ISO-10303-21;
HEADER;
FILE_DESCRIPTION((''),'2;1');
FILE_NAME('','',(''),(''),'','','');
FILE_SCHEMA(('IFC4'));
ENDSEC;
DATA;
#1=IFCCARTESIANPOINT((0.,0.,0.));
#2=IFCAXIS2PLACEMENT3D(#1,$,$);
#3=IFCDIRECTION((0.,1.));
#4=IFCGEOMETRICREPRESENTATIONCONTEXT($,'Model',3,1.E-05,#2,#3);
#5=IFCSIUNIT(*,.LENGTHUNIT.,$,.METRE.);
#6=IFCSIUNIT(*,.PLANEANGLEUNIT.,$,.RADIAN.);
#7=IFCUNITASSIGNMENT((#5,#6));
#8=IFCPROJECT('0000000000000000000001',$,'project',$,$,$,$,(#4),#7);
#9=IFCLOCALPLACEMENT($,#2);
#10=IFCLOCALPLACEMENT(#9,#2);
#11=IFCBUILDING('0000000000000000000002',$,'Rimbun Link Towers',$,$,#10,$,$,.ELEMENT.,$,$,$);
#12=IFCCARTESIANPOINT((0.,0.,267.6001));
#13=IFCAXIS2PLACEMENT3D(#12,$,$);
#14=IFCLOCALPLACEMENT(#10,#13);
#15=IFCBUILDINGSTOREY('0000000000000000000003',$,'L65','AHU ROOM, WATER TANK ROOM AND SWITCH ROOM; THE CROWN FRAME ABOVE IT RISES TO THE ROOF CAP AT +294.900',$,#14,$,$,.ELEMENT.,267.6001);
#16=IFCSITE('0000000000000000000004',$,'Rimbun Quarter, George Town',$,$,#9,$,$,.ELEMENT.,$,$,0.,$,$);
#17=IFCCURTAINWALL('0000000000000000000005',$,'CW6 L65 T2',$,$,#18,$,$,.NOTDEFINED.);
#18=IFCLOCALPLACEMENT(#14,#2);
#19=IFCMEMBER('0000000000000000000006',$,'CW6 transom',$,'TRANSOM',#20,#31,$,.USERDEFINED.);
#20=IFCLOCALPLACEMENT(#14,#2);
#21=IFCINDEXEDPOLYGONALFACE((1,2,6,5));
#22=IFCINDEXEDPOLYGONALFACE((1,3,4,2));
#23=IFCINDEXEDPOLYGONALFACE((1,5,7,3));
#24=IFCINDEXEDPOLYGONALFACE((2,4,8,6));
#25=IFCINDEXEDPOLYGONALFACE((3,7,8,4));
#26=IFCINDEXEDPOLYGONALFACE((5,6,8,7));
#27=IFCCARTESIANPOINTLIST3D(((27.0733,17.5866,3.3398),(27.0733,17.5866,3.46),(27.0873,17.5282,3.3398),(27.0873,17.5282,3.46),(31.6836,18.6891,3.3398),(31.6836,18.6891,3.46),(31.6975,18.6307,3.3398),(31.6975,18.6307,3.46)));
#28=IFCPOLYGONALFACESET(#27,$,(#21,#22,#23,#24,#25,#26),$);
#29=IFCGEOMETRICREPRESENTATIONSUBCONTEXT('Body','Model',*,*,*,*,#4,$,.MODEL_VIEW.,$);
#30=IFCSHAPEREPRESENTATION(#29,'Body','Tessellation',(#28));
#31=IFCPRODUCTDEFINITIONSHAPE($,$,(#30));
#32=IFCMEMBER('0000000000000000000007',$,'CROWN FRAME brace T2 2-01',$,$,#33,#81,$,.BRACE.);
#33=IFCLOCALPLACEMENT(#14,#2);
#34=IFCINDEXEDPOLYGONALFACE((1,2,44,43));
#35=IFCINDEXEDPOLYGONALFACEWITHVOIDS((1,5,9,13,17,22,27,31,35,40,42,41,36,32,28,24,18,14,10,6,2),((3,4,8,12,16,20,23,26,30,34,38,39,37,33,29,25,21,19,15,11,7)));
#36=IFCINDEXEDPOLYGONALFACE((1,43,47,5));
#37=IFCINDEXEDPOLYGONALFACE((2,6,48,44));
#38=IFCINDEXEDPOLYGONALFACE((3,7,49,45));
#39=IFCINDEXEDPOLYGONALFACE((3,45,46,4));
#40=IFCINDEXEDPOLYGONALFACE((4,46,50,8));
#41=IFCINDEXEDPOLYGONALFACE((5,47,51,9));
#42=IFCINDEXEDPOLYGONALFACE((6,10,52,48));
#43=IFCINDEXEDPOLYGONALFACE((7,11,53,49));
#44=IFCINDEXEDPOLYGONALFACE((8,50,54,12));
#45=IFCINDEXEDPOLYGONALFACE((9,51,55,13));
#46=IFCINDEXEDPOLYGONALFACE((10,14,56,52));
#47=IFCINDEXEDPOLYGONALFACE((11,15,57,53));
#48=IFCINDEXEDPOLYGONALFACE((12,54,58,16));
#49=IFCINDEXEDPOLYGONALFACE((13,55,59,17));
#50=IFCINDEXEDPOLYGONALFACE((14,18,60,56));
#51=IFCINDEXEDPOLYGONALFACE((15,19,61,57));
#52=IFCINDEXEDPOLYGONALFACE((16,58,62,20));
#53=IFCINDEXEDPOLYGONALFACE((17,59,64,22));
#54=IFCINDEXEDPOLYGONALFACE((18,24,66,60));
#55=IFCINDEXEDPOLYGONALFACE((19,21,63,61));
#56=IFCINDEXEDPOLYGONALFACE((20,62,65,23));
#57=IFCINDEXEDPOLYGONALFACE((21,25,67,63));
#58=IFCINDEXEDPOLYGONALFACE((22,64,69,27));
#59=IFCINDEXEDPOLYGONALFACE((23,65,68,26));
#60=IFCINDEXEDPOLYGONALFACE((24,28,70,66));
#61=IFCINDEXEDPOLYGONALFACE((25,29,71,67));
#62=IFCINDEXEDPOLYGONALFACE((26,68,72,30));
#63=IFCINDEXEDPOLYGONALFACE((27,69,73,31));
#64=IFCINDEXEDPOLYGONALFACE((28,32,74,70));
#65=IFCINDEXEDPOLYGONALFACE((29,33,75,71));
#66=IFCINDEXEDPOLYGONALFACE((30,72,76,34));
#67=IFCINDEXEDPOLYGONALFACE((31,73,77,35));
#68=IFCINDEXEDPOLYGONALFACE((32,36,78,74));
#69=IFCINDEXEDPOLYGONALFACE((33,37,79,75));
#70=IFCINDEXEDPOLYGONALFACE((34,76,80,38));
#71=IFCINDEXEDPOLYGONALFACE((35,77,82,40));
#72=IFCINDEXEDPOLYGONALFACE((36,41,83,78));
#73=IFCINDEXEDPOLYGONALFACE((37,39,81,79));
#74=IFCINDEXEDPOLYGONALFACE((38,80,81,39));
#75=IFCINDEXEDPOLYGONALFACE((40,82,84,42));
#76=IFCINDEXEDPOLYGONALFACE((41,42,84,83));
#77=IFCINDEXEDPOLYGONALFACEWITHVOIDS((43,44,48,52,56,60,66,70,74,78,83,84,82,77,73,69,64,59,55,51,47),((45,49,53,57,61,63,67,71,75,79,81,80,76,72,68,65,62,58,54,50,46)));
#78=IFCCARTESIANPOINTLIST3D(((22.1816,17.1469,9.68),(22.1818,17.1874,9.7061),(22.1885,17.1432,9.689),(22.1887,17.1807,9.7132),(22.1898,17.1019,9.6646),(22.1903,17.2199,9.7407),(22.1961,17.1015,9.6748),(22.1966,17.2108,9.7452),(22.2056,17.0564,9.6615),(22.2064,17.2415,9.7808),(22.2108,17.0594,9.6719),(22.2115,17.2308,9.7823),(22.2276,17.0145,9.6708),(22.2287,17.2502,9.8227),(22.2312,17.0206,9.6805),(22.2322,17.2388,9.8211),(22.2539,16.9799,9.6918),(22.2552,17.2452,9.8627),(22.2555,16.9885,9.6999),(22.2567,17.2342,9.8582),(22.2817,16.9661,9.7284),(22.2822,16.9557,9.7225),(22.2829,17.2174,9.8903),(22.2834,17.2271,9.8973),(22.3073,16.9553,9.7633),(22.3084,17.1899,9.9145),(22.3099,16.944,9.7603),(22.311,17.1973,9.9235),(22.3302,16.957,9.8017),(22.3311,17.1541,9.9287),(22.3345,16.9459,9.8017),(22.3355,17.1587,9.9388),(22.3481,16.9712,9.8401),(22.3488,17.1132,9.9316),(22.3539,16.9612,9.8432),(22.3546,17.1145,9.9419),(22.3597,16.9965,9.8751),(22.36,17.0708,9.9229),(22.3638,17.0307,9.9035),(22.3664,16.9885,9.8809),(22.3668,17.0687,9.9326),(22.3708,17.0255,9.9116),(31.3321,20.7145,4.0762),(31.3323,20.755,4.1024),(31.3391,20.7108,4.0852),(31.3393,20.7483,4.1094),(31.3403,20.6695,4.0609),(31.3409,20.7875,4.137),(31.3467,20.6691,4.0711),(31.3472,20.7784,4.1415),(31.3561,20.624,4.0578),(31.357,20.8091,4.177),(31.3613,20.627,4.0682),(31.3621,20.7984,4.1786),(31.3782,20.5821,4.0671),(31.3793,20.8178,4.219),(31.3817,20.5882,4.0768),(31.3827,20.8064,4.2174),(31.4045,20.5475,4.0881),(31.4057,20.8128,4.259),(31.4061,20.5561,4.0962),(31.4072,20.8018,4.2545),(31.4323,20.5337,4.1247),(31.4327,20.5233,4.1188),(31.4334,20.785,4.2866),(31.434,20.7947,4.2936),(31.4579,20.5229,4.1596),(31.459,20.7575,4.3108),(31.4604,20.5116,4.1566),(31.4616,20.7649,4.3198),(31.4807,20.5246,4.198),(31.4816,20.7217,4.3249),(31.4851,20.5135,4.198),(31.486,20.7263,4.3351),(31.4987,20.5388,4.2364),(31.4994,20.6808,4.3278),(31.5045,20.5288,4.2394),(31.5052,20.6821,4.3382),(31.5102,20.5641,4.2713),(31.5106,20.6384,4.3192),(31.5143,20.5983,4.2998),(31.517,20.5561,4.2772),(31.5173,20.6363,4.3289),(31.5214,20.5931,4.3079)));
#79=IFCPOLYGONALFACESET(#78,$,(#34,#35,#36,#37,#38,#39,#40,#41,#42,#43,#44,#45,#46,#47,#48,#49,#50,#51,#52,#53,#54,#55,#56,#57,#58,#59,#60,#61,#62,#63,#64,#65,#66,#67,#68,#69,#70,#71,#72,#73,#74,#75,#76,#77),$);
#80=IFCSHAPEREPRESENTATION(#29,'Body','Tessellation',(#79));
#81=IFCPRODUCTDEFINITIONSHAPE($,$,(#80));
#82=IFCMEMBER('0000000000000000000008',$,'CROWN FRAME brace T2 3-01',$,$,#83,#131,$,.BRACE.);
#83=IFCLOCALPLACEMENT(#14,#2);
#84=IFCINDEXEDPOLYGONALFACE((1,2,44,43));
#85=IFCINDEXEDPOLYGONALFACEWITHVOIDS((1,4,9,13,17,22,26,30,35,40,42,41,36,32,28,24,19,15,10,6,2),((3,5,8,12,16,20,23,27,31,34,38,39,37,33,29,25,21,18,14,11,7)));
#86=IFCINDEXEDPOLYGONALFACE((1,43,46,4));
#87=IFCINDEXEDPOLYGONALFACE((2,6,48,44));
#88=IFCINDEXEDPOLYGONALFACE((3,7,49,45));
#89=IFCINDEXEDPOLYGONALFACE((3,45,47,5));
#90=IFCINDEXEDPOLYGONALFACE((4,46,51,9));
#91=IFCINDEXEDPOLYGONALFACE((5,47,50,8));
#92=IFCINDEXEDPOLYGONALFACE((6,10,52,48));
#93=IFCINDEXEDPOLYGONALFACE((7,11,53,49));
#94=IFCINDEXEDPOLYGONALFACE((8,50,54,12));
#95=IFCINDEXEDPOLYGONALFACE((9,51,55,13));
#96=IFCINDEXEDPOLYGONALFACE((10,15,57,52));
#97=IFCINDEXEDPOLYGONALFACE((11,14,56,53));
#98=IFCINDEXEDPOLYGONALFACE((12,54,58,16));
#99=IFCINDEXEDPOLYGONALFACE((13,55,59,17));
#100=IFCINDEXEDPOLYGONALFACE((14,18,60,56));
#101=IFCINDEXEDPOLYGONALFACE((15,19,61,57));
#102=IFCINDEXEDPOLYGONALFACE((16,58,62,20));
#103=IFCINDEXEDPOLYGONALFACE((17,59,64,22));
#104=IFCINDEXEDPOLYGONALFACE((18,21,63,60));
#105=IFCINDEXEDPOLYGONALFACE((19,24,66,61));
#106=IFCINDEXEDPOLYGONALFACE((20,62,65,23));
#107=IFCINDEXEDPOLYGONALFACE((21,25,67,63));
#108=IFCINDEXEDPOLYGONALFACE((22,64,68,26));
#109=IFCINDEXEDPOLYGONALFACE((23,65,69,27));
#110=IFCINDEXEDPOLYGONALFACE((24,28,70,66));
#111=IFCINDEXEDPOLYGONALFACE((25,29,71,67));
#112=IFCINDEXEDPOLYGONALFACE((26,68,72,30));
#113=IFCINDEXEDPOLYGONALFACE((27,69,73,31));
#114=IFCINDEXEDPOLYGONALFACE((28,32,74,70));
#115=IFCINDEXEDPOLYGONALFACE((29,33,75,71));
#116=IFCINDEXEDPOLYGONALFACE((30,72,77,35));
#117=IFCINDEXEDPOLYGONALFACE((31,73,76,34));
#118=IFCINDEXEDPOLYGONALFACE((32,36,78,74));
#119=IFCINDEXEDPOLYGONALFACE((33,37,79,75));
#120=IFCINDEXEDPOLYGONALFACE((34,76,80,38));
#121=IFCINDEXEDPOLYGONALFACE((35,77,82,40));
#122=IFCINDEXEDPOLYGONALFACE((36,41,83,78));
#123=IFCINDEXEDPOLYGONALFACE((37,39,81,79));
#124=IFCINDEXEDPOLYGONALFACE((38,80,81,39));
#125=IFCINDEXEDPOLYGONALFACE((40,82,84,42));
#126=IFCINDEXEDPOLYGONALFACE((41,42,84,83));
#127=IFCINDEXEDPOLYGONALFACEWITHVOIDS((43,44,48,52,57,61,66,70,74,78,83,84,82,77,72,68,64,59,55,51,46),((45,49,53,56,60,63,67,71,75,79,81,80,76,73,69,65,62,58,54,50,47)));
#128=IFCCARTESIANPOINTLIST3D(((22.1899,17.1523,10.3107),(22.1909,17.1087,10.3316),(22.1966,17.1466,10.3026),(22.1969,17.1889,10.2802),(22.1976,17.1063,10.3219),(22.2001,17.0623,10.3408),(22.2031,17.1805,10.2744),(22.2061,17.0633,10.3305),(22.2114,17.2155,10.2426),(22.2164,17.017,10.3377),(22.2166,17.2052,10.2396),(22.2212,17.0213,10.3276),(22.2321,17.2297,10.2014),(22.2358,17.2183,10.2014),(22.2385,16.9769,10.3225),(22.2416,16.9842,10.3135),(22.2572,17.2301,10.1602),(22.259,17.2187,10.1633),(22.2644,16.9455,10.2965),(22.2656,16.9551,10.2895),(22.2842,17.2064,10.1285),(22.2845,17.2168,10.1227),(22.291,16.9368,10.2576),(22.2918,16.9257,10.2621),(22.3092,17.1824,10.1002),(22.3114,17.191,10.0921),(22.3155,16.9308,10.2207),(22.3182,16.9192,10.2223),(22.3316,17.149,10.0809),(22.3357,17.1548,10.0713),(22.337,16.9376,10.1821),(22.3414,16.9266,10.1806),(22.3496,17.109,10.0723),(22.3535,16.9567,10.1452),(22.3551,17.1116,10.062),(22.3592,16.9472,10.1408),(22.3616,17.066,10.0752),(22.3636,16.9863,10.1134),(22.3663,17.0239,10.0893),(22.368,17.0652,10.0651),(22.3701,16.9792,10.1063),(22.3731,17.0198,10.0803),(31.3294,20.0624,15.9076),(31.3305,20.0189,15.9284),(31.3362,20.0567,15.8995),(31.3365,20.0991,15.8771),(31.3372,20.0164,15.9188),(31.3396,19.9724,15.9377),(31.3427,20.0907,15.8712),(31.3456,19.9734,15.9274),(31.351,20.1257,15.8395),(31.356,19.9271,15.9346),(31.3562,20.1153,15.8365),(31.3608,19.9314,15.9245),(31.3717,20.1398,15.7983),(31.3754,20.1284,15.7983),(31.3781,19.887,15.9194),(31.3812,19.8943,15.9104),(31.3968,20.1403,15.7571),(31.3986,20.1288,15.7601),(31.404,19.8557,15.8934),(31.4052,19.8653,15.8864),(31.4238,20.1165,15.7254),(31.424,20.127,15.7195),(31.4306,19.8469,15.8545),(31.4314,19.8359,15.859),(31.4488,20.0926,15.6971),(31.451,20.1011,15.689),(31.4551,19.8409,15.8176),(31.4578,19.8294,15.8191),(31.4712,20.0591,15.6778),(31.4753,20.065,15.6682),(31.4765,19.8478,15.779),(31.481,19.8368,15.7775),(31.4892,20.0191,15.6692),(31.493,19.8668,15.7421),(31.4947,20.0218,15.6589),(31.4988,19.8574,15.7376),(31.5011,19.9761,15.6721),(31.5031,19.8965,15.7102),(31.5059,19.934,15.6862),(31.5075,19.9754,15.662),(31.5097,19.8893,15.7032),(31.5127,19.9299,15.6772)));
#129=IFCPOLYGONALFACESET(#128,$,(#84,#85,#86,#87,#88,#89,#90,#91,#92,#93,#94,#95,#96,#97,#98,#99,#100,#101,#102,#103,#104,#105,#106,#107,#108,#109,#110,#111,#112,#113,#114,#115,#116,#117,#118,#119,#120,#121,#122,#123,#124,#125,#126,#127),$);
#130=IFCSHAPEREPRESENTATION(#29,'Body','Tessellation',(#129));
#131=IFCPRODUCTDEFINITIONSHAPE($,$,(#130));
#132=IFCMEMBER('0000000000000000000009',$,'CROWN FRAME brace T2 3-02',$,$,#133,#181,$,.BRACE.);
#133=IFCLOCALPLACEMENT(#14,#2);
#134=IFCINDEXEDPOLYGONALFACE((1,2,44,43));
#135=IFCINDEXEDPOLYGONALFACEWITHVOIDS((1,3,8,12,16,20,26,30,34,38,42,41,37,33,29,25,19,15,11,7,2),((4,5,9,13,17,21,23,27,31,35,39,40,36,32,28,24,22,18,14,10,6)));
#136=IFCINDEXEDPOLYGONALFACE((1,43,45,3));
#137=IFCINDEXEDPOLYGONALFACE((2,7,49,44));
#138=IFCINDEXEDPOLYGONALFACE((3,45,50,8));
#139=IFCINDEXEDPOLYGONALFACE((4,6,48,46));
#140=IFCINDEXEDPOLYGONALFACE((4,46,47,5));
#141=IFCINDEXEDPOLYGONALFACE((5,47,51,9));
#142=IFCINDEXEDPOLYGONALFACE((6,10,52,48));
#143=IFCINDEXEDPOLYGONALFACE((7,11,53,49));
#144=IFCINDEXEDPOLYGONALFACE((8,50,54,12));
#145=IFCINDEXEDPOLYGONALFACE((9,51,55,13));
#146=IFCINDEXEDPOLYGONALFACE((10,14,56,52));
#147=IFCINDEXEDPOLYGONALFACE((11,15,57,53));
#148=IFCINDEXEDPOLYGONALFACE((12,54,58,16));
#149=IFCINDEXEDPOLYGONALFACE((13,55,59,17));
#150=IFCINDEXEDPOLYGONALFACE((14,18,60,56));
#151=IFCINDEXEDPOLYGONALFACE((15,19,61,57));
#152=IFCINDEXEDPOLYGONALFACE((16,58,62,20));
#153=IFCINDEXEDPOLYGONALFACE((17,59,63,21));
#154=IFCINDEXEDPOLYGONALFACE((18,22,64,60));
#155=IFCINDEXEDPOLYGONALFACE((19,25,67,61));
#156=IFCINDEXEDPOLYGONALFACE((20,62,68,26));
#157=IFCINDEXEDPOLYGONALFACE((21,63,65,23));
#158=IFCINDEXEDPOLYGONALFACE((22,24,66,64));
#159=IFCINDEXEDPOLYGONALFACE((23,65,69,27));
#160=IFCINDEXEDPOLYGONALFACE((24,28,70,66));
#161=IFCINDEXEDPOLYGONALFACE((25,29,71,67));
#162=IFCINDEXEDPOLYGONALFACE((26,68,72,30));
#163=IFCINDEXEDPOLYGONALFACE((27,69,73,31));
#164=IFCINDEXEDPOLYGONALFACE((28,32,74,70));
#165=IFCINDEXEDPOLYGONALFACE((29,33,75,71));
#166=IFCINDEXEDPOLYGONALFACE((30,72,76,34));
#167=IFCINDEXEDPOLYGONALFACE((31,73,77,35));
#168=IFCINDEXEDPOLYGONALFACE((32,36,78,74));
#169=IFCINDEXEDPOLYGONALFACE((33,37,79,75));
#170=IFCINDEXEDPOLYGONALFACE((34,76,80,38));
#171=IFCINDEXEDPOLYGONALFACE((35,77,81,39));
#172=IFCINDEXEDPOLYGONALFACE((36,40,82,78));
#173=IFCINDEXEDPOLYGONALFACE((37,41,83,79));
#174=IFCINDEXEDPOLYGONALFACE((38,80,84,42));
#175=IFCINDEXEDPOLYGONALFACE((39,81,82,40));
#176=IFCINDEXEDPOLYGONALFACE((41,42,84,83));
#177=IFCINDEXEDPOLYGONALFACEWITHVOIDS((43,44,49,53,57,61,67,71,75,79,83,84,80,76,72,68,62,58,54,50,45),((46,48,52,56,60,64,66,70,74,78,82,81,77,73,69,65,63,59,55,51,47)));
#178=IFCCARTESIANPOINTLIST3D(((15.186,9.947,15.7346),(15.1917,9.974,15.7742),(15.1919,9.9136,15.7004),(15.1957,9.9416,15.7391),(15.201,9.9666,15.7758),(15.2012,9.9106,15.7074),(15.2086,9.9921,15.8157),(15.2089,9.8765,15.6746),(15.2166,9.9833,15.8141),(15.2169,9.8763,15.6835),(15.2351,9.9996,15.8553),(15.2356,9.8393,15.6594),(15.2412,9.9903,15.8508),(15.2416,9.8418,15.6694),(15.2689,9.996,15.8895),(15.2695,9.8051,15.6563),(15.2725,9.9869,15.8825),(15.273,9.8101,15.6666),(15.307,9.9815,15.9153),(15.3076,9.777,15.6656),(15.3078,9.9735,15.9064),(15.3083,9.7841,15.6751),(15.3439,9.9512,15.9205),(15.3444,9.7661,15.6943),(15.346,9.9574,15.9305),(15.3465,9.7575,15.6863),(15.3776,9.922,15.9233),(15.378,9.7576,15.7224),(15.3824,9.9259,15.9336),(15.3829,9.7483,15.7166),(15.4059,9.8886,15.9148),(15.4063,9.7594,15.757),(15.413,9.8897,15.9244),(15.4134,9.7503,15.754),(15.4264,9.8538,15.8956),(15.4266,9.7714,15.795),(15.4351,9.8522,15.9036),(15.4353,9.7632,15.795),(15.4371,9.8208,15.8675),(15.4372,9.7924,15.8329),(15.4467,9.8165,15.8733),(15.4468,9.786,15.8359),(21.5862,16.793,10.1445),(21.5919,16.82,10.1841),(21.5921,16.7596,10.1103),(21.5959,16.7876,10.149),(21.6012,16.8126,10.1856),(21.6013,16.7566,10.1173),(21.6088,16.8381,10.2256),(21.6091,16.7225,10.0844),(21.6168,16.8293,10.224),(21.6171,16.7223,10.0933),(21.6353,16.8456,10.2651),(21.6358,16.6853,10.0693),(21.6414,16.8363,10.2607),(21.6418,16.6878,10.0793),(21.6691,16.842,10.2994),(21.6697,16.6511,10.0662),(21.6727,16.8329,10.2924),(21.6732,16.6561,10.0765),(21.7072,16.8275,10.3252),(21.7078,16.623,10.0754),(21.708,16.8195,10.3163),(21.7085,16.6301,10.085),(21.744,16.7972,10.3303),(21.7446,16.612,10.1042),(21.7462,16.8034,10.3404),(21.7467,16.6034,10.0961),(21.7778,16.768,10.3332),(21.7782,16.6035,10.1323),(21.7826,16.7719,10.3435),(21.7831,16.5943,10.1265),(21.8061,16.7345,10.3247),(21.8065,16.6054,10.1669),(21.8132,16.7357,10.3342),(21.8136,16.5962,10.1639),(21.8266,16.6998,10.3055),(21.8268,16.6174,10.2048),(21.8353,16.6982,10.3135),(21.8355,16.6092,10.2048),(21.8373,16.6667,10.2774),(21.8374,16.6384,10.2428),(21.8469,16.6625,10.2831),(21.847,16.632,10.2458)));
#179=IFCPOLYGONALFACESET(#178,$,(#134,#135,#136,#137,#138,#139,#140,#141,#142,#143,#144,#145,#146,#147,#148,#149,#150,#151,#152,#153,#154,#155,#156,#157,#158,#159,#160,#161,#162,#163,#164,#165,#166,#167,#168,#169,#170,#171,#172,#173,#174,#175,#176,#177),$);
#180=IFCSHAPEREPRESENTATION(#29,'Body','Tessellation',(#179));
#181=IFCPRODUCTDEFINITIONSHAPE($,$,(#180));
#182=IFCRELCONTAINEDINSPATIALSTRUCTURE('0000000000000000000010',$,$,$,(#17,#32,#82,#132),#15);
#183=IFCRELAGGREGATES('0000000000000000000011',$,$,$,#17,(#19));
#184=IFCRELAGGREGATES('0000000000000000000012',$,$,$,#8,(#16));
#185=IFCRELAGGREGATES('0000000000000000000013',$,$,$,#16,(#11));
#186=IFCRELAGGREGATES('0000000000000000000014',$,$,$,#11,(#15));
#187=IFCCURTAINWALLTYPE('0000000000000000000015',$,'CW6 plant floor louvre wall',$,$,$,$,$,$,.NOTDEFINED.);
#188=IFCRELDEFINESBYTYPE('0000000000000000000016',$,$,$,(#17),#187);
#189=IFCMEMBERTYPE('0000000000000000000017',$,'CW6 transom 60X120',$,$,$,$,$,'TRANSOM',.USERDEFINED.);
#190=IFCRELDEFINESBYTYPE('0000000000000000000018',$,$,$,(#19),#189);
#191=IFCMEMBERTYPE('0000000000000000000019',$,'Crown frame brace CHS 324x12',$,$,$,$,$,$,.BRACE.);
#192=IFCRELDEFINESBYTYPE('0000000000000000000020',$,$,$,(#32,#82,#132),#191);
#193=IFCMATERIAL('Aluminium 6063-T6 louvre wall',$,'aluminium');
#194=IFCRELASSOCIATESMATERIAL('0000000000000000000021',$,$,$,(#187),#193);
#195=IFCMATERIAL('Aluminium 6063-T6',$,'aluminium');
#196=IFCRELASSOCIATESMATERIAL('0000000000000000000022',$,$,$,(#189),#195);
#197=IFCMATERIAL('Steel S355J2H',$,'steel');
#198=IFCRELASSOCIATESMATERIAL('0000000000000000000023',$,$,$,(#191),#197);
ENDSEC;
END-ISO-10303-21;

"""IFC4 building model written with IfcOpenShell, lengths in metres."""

from ifc_helpers import new_model, si_unit, direction, frame, origin, origin_2d, place, context, subcontext, project, spatial, rectangle, hollow_circle, extrude, material, material_profile, profile_set, type_object, element, aggregate, save


model = new_model("IFC4")

# Units and contexts
model_context = context("Model", 3, precision=1e-05, world=origin(), true_north=direction((0.0, 1.0)))
body_context = subcontext(model_context, "Body", "Model", "MODEL_VIEW")
ifc_project = project(units=[si_unit("LENGTHUNIT", "METRE"), si_unit("PLANEANGLEUNIT", "RADIAN")], contexts=[model_context])

# Site, building, storey
site_placement = place(None, origin())
site = spatial("IfcSite", under=ifc_project, at=site_placement, Name="Rimbun Quarter, George Town", CompositionType="ELEMENT", RefElevation=0.0)
building_placement = place(site_placement, origin())
building = spatial("IfcBuilding", under=site, at=building_placement, Name="Rimbun Link Towers", CompositionType="ELEMENT")
storey_placement = place(building_placement, frame((0.0, 0.0, 267.6001)))
storey = spatial("IfcBuildingStorey", under=building, at=storey_placement, Name="L65", Description="AHU ROOM, WATER TANK ROOM AND SWITCH ROOM; THE CROWN FRAME ABOVE IT RISES TO THE ROOF CAP AT +294.900", CompositionType="ELEMENT", Elevation=267.6001)

# Curtain wall, member
ifc_material_1 = material(Name="Aluminium 6063-T6 louvre wall", Category="aluminium")
curtain_wall_type = type_object("IfcCurtainWallType", Name="CW6 plant floor louvre wall", PredefinedType="NOTDEFINED", material=ifc_material_1)
curtain_wall_placement = place(storey_placement, origin())
curtain_wall = element("IfcCurtainWall", 1, at=curtain_wall_placement, inside=storey, type_object=curtain_wall_type, Name="CW6 L65 T2", PredefinedType="NOTDEFINED")
ifc_material_2 = material(Name="Aluminium 6063-T6", Category="aluminium")
ifc_material_profile_1 = material_profile(ifc_material_2, rectangle(XDim=0.0601, YDim=0.1201, at=origin_2d()), Name="TRANSOM 60X120")
ifc_profile_set_1 = profile_set([ifc_material_profile_1], Name="Aluminium 6063-T6")
member_type_1 = type_object("IfcMemberType", Name="CW6 transom 60X120", ElementType="TRANSOM", PredefinedType="USERDEFINED", material=ifc_profile_set_1)
member_1_placement = place(storey_placement, frame((27.0803, 17.5574, 3.3999), z_axis=(0.972576, 0.232586, 0.0), x_axis=(-0.232586, 0.972576, 0.0)))
member_1 = element("IfcMember", 2, at=member_1_placement, type_object=member_type_1, Name="CW6 transom", ObjectType="TRANSOM", PredefinedType="USERDEFINED", context=body_context, shape_type="SweptSolid", body=[
    extrude(rectangle(XDim=0.0601, YDim=0.1201, at=origin_2d()), origin(), (0.0, 0.0, 1.0), 4.7402),
])
aggregate(curtain_wall, [member_1])

# Members
ifc_material_3 = material(Name="Steel S355J2H", Category="steel")
ifc_material_profile_2 = material_profile(ifc_material_3, hollow_circle(Radius=0.1619, WallThickness=0.012, at=origin_2d()), Name="Crown frame brace CHS 324x12")
ifc_profile_set_2 = profile_set([ifc_material_profile_2], Name="Steel S355J2H")
member_type_2 = type_object("IfcMemberType", Name="Crown frame brace CHS 324x12", PredefinedType="BRACE", material=ifc_profile_set_2)
member_2_placement = place(storey_placement, frame((31.4263, 20.6643, 4.198), z_axis=(-0.809239, -0.315504, 0.49557), x_axis=(0.363246, -0.931693, 0.0)))
element("IfcMember", 3, at=member_2_placement, inside=storey, type_object=member_type_2, Name="CROWN FRAME brace T2 2-01", PredefinedType="BRACE", context=body_context, shape_type="SweptSolid", body=[
    extrude(hollow_circle(Radius=0.1619, WallThickness=0.012, at=origin_2d()), origin(), (0.0, 0.0, 1.0), 11.3076),
])
member_3_placement = place(storey_placement, frame((22.2812, 17.0754, 10.2014), z_axis=(0.822999, 0.262051, 0.503987), x_axis=(-0.303401, 0.952863, 0.0)))
element("IfcMember", 4, at=member_3_placement, inside=storey, type_object=member_type_2, Name="CROWN FRAME brace T2 3-01", PredefinedType="BRACE", context=body_context, shape_type="SweptSolid", body=[
    extrude(hollow_circle(Radius=0.1619, WallThickness=0.012, at=origin_2d()), origin(), (0.0, 0.0, 1.0), 11.1052),
])
member_4_placement = place(storey_placement, frame((21.7173, 16.7197, 10.2048), z_axis=(-0.586508, -0.627362, 0.512275), x_axis=(0.730491, -0.682922, 0.0)))
element("IfcMember", 5, at=member_4_placement, inside=storey, type_object=member_type_2, Name="CROWN FRAME brace T2 3-02", PredefinedType="BRACE", context=body_context, shape_type="SweptSolid", body=[
    extrude(hollow_circle(Radius=0.1619, WallThickness=0.012, at=origin_2d()), origin(), (0.0, 0.0, 1.0), 10.9124),
])

save(model, "model.ifc")
